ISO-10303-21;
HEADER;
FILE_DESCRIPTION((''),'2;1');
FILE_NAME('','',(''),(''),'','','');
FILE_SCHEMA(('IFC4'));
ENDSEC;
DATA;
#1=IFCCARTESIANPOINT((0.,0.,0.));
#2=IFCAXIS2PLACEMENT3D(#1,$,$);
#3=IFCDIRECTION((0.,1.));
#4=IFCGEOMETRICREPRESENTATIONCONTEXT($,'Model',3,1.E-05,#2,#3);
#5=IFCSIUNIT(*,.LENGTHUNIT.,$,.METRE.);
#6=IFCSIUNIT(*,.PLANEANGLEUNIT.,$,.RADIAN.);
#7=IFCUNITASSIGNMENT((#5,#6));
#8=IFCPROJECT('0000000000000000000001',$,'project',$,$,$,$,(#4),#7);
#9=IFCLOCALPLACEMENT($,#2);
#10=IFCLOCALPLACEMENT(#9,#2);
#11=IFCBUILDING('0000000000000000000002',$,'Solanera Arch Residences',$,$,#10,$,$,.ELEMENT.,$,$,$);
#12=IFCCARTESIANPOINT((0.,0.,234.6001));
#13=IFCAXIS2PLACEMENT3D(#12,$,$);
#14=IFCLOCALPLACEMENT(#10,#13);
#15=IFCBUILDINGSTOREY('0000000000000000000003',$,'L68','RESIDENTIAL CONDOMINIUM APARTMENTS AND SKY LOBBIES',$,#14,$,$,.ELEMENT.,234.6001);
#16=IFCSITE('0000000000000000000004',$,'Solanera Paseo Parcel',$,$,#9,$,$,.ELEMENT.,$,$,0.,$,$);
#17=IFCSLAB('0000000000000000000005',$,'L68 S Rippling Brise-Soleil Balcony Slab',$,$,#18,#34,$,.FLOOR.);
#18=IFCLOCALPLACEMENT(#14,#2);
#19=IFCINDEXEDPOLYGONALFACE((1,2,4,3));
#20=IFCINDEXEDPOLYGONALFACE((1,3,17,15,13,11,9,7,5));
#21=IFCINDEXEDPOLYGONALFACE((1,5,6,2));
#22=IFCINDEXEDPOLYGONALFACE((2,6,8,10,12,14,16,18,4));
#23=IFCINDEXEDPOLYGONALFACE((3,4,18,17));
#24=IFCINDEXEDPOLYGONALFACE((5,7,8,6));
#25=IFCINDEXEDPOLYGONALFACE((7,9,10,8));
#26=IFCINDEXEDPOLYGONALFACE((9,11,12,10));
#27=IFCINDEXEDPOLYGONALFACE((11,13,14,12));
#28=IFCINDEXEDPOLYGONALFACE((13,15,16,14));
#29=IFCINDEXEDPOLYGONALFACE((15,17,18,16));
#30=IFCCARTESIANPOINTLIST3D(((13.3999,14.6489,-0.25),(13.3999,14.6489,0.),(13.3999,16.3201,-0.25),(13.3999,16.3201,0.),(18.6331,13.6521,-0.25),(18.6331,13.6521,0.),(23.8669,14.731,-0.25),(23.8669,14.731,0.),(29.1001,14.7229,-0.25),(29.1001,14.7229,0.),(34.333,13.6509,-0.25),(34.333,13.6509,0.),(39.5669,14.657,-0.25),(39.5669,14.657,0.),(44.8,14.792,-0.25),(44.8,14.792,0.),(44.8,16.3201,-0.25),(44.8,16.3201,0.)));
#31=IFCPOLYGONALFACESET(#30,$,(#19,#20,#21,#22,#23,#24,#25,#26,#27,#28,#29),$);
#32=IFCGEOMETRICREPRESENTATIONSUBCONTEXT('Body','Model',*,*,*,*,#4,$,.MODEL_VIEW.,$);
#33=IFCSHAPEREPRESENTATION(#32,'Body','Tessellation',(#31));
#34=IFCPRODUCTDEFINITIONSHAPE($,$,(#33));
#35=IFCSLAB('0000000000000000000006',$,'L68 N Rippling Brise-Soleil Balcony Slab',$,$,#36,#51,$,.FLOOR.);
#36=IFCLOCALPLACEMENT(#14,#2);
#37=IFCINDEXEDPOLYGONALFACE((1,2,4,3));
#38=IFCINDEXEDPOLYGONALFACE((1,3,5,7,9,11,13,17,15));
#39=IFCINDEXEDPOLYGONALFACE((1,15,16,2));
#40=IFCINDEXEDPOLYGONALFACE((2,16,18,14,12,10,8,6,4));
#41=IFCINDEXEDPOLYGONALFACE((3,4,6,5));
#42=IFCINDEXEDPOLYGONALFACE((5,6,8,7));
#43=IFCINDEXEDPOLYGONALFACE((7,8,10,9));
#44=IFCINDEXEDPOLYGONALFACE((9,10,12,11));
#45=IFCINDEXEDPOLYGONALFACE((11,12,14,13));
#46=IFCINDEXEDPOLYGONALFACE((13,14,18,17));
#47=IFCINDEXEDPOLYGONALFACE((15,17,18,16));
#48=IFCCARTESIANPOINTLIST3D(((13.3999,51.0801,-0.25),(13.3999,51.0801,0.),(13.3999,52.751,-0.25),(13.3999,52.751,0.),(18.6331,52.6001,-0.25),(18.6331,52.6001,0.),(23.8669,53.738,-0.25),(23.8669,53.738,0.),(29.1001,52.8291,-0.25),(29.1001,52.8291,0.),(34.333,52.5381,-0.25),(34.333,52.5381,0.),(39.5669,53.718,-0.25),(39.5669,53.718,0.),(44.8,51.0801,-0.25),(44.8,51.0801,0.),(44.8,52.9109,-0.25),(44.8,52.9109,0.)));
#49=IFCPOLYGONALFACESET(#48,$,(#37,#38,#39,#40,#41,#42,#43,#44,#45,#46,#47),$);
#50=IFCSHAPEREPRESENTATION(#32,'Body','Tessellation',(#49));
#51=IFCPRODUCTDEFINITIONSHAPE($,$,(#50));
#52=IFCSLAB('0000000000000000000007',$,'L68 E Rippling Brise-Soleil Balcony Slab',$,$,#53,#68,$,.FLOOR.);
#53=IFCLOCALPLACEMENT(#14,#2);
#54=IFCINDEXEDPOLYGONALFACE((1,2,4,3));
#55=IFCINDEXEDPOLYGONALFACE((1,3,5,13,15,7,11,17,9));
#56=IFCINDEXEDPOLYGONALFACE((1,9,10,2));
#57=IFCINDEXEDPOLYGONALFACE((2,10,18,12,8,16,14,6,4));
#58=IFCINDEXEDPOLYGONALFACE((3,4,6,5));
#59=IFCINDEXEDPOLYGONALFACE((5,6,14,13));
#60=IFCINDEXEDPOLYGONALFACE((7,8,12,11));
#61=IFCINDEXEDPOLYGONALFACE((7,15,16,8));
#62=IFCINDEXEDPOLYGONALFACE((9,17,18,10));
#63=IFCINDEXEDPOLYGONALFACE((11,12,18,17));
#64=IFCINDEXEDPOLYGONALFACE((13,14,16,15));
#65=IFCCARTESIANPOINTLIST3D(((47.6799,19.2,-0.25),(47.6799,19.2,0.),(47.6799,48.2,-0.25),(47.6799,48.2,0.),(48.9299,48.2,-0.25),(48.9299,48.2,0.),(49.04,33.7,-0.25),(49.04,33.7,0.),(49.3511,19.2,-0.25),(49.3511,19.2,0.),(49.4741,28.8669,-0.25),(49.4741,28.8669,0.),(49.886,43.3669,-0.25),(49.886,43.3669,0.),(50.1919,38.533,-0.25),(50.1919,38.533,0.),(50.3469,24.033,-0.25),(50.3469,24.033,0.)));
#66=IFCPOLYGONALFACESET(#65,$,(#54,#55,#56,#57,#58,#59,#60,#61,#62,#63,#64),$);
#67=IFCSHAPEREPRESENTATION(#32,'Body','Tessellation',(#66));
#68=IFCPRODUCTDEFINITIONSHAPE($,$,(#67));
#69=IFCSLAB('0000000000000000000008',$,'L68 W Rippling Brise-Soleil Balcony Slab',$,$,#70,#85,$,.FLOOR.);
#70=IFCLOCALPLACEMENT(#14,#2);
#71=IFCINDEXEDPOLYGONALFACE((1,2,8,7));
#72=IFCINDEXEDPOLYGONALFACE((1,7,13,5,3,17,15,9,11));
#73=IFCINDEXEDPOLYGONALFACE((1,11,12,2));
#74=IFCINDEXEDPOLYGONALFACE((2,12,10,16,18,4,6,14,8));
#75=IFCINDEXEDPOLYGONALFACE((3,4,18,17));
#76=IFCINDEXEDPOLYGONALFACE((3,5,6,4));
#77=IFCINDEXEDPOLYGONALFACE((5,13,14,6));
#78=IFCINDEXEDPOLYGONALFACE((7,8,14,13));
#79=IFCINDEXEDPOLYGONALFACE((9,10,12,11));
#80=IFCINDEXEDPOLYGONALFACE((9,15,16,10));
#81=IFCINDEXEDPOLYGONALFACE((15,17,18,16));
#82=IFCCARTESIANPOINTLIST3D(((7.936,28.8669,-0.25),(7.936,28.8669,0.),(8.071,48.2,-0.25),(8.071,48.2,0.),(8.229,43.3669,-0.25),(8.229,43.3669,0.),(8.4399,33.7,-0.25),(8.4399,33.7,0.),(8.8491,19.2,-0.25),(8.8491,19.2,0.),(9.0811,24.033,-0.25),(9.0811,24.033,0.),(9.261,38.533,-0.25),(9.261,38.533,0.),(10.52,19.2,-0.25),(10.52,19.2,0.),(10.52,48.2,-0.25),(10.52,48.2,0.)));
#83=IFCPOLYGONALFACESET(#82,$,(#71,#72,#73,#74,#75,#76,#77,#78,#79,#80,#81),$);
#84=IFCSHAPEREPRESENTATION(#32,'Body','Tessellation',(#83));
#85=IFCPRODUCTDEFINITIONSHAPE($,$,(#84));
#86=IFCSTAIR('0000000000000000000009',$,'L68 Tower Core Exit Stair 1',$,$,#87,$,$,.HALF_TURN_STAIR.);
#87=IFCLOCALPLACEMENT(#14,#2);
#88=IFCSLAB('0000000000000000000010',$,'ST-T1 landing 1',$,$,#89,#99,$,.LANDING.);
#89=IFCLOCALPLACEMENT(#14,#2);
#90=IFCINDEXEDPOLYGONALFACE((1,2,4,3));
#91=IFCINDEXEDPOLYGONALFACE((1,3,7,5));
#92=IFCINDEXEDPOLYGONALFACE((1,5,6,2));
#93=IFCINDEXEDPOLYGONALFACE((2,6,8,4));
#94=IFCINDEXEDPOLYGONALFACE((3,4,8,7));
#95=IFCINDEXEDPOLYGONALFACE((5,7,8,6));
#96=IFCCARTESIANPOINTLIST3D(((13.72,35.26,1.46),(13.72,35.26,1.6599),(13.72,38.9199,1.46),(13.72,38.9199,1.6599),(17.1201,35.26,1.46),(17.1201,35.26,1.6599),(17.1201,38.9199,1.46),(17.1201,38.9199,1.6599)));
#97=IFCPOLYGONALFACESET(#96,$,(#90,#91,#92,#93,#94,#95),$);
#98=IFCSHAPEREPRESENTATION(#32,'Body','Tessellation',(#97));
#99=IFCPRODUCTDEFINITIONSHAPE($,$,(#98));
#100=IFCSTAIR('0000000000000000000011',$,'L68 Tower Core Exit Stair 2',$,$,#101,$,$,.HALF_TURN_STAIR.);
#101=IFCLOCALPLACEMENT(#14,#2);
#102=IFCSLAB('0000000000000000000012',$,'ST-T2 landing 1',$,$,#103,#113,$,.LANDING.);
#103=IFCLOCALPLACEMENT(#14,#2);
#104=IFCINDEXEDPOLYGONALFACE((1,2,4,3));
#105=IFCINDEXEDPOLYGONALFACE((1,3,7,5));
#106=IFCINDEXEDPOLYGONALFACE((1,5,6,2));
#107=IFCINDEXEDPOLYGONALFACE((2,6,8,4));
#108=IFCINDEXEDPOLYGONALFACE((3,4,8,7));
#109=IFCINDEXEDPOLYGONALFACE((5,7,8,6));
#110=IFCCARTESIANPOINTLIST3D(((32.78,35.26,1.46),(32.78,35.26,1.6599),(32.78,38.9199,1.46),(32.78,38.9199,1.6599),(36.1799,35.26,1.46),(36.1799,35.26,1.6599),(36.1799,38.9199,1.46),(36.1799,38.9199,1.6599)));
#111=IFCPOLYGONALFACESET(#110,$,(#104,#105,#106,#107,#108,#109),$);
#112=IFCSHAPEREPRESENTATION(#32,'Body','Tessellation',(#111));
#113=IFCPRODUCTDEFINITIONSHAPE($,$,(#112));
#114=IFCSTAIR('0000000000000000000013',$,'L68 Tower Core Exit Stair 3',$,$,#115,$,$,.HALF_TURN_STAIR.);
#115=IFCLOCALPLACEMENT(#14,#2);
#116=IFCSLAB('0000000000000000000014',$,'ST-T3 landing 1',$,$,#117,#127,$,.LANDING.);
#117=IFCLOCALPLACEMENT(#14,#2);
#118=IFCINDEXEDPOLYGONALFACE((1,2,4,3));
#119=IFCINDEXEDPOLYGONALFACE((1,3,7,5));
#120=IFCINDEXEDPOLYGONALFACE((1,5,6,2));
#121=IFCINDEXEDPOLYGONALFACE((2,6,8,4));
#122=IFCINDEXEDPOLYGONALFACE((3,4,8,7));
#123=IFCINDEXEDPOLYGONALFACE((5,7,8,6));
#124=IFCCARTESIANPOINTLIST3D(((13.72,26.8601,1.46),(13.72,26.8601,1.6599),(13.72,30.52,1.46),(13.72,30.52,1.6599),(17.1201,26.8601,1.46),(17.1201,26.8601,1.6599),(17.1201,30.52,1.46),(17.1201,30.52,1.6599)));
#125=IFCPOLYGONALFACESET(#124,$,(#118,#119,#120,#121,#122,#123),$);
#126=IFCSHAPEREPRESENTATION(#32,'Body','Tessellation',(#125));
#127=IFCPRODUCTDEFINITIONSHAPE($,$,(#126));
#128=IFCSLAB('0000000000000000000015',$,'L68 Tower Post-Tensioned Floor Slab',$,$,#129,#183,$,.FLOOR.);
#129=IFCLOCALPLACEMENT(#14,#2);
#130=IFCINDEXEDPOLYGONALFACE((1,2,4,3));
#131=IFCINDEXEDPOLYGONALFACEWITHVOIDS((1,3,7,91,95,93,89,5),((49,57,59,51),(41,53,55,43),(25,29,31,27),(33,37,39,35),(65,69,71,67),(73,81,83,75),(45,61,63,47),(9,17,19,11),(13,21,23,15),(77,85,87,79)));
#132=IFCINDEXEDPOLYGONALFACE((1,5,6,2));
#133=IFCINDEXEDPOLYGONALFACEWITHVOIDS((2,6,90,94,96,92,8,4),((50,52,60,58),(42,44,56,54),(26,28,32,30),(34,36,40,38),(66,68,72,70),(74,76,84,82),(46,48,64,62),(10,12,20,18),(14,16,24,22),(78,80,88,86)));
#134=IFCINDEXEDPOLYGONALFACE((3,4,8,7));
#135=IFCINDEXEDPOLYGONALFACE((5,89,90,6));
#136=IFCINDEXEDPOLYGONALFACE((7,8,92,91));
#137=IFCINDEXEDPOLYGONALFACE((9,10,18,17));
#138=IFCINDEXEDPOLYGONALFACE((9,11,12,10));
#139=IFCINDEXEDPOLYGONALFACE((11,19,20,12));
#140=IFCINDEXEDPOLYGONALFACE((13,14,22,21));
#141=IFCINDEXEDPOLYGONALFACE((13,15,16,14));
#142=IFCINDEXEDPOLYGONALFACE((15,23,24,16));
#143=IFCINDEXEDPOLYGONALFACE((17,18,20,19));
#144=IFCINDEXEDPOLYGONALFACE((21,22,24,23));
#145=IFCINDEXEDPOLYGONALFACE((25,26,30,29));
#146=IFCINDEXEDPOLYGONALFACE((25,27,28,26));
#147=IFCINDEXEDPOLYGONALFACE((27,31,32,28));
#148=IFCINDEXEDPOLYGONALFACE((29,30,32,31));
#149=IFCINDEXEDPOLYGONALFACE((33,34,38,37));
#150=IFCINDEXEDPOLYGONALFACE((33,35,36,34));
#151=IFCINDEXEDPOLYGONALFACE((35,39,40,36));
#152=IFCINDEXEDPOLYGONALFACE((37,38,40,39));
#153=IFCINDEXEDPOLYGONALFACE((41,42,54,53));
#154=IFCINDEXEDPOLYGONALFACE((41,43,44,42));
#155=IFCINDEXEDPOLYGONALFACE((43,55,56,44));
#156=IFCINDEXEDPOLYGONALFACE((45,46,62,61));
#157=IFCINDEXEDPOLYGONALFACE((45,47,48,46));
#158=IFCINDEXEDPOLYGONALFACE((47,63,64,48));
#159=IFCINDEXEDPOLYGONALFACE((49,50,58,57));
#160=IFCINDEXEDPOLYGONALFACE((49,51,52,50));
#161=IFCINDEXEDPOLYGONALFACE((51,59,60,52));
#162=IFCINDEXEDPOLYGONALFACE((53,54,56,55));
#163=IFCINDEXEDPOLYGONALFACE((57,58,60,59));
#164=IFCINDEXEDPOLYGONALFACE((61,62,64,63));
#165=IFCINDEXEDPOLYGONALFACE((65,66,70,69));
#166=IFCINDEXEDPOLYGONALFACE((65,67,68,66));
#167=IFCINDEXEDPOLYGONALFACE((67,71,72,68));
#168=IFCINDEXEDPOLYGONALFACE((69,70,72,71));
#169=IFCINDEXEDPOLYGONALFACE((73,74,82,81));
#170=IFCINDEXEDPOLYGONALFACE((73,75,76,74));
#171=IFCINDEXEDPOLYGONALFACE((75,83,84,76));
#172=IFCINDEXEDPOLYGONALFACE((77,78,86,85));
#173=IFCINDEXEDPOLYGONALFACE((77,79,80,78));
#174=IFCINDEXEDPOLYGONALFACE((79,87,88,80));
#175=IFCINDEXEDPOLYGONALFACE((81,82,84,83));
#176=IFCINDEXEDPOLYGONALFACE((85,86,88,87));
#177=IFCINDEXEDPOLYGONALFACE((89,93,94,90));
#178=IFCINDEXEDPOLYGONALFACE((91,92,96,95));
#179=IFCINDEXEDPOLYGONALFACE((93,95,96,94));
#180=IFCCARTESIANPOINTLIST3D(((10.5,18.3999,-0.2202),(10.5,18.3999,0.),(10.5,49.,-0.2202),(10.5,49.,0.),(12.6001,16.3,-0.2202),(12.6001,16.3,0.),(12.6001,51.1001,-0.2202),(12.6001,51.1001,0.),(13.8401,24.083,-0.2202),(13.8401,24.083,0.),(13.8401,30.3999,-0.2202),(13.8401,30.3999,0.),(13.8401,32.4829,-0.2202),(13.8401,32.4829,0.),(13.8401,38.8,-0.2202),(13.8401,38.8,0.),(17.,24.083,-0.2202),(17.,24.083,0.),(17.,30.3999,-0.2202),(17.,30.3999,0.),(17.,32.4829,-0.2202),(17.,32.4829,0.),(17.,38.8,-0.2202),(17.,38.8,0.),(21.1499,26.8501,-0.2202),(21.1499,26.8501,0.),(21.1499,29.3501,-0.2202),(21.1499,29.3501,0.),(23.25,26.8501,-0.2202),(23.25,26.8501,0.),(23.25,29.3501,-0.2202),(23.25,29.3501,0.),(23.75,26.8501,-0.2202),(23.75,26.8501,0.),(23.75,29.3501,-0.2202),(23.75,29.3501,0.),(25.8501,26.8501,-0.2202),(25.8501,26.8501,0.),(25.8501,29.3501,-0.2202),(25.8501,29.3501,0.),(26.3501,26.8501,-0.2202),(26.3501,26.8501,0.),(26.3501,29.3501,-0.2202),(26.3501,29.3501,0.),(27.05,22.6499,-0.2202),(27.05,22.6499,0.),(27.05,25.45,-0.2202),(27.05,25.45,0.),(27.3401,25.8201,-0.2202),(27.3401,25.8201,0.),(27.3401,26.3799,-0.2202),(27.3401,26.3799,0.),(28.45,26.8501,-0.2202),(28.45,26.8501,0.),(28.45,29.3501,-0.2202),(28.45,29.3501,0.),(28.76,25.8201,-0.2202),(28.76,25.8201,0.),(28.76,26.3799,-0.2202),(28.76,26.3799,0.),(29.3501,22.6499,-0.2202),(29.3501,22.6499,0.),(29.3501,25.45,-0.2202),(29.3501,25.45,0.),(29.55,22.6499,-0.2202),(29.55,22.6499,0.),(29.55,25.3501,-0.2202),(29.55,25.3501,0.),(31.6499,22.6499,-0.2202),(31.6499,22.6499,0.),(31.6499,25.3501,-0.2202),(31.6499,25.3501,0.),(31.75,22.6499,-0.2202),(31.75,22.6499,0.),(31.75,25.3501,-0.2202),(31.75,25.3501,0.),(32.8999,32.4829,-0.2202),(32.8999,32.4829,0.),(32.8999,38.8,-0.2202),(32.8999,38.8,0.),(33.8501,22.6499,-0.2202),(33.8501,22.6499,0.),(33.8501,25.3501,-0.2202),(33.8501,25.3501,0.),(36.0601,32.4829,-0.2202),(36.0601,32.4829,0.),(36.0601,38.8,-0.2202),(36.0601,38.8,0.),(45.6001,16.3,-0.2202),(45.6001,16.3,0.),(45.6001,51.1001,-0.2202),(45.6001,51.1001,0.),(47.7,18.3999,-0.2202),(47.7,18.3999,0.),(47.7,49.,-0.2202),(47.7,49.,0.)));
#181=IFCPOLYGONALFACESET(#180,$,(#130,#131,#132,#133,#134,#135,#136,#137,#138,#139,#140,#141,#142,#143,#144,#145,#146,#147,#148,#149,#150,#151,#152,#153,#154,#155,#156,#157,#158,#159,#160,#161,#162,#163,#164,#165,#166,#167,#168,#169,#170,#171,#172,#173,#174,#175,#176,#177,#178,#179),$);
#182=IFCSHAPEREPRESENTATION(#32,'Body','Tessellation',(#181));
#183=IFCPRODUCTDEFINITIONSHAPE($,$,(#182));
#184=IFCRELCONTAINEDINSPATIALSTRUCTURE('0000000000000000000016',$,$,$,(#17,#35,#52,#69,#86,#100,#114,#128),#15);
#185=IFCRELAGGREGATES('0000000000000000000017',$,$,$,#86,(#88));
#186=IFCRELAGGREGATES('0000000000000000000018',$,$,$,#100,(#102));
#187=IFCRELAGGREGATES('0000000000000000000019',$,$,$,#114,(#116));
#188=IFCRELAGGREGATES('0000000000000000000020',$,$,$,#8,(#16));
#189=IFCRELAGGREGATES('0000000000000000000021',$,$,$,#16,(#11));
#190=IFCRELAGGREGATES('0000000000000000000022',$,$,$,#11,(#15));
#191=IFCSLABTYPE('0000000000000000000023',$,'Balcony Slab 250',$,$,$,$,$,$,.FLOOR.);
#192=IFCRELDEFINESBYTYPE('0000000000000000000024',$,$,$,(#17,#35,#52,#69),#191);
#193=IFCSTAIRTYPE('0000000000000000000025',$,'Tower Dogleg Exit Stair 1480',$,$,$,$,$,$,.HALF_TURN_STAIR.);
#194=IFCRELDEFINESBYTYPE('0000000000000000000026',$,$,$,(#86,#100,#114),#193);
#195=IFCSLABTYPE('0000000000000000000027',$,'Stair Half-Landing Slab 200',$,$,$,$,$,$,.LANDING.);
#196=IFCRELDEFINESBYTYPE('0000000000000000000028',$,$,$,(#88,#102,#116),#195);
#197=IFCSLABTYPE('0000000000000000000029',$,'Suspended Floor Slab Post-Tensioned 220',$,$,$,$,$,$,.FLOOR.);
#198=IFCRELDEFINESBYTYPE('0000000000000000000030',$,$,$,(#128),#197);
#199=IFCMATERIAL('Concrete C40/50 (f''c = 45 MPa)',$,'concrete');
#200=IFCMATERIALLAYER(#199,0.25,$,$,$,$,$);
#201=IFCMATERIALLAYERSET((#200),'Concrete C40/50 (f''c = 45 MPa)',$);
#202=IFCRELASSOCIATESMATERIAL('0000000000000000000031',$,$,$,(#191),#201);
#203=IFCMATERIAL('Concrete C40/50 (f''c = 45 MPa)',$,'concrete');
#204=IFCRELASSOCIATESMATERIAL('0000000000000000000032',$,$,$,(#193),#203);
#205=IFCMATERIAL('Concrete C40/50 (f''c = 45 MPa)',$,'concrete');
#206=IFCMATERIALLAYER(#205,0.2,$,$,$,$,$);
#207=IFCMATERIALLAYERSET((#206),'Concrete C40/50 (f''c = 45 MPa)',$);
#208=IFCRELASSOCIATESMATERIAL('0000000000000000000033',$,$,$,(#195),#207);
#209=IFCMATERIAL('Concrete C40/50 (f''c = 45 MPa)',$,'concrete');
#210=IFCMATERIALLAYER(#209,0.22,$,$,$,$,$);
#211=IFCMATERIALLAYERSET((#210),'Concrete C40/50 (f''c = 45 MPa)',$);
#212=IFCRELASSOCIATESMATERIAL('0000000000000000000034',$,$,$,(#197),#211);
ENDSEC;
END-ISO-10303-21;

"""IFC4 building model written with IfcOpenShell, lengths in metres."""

from ifc_helpers import new_model, si_unit, direction, frame, origin, place, context, subcontext, project, spatial, polyline, outline, extrude, material, layer, layer_set, type_object, element, aggregate, save


model = new_model("IFC4")

# Units and contexts
model_context = context("Model", 3, precision=1e-05, world=origin(), true_north=direction((0.0, 1.0)))
body_context = subcontext(model_context, "Body", "Model", "MODEL_VIEW")
ifc_project = project(units=[si_unit("LENGTHUNIT", "METRE"), si_unit("PLANEANGLEUNIT", "RADIAN")], contexts=[model_context])

# Site, building, storey
site_placement = place(None, origin())
site = spatial("IfcSite", under=ifc_project, at=site_placement, Name="Solanera Paseo Parcel", CompositionType="ELEMENT", RefElevation=0.0)
building_placement = place(site_placement, origin())
building = spatial("IfcBuilding", under=site, at=building_placement, Name="Solanera Arch Residences", CompositionType="ELEMENT")
storey_placement = place(building_placement, frame((0.0, 0.0, 234.6001)))
storey = spatial("IfcBuildingStorey", under=building, at=storey_placement, Name="L68", Description="RESIDENTIAL CONDOMINIUM APARTMENTS AND SKY LOBBIES", CompositionType="ELEMENT", Elevation=234.6001)

# Slabs
ifc_material_1 = material(Name="Concrete C40/50 (f'c = 45 MPa)", Category="concrete")
ifc_layer_1 = layer(ifc_material_1, 0.25)
ifc_layer_set_1 = layer_set([ifc_layer_1], Name="Concrete C40/50 (f'c = 45 MPa)")
slab_type_1 = type_object("IfcSlabType", Name="Balcony Slab 250", PredefinedType="FLOOR", material=ifc_layer_set_1)
slab_1_placement = place(storey_placement, frame((0.0, 0.0, -0.25)))
element("IfcSlab", 1, at=slab_1_placement, inside=storey, type_object=slab_type_1, Name="L68 S Rippling Brise-Soleil Balcony Slab", PredefinedType="FLOOR", context=body_context, shape_type="SweptSolid", body=[
    extrude(outline(polyline([(13.3999, 14.6489), (18.6331, 13.6521), (23.8669, 14.731), (29.1001, 14.7229), (34.333, 13.6509), (39.5669, 14.657), (44.8, 14.792), (44.8, 16.3201), (13.3999, 16.3201), (13.3999, 14.6489)])), origin(), (0.0, 0.0, 1.0), 0.25),
])
slab_2_placement = place(storey_placement, frame((0.0, 0.0, -0.25)))
element("IfcSlab", 2, at=slab_2_placement, inside=storey, type_object=slab_type_1, Name="L68 N Rippling Brise-Soleil Balcony Slab", PredefinedType="FLOOR", context=body_context, shape_type="SweptSolid", body=[
    extrude(outline(polyline([(44.8, 52.9109), (39.5669, 53.718), (34.333, 52.5381), (29.1001, 52.8291), (23.8669, 53.738), (18.6331, 52.6001), (13.3999, 52.751), (13.3999, 51.0801), (44.8, 51.0801), (44.8, 52.9109)])), origin(), (0.0, 0.0, 1.0), 0.25),
])
slab_3_placement = place(storey_placement, frame((0.0, 0.0, -0.25)))
element("IfcSlab", 3, at=slab_3_placement, inside=storey, type_object=slab_type_1, Name="L68 E Rippling Brise-Soleil Balcony Slab", PredefinedType="FLOOR", context=body_context, shape_type="SweptSolid", body=[
    extrude(outline(polyline([(49.3511, 19.2), (50.3469, 24.033), (49.4741, 28.8669), (49.04, 33.7), (50.1919, 38.533), (49.886, 43.3669), (48.9299, 48.2), (47.6799, 48.2), (47.6799, 19.2), (49.3511, 19.2)])), origin(), (0.0, 0.0, 1.0), 0.25),
])
slab_4_placement = place(storey_placement, frame((0.0, 0.0, -0.25)))
element("IfcSlab", 4, at=slab_4_placement, inside=storey, type_object=slab_type_1, Name="L68 W Rippling Brise-Soleil Balcony Slab", PredefinedType="FLOOR", context=body_context, shape_type="SweptSolid", body=[
    extrude(outline(polyline([(8.071, 48.2), (8.229, 43.3669), (9.261, 38.533), (8.4399, 33.7), (7.936, 28.8669), (9.0811, 24.033), (8.8491, 19.2), (10.52, 19.2), (10.52, 48.2), (8.071, 48.2)])), origin(), (0.0, 0.0, 1.0), 0.25),
])

# Stairs, slabs
ifc_material_2 = material(Name="Concrete C40/50 (f'c = 45 MPa)", Category="concrete")
stair_type = type_object("IfcStairType", Name="Tower Dogleg Exit Stair 1480", PredefinedType="HALF_TURN_STAIR", material=ifc_material_2)
stair_1_placement = place(storey_placement, origin())
stair_1 = element("IfcStair", 5, at=stair_1_placement, inside=storey, type_object=stair_type, Name="L68 Tower Core Exit Stair 1", PredefinedType="HALF_TURN_STAIR")
ifc_material_3 = material(Name="Concrete C40/50 (f'c = 45 MPa)", Category="concrete")
ifc_layer_2 = layer(ifc_material_3, 0.2)
ifc_layer_set_2 = layer_set([ifc_layer_2], Name="Concrete C40/50 (f'c = 45 MPa)")
slab_type_2 = type_object("IfcSlabType", Name="Stair Half-Landing Slab 200", PredefinedType="LANDING", material=ifc_layer_set_2)
slab_5_placement = place(storey_placement, frame((0.0, 0.0, 1.46)))
slab_5 = element("IfcSlab", 6, at=slab_5_placement, type_object=slab_type_2, Name="ST-T1 landing 1", PredefinedType="LANDING", context=body_context, shape_type="SweptSolid", body=[
    extrude(outline(polyline([(17.1201, 35.26), (17.1201, 38.9199), (13.72, 38.9199), (13.72, 35.26), (17.1201, 35.26)])), origin(), (0.0, 0.0, 1.0), 0.2),
])
aggregate(stair_1, [slab_5])
stair_2_placement = place(storey_placement, origin())
stair_2 = element("IfcStair", 7, at=stair_2_placement, inside=storey, type_object=stair_type, Name="L68 Tower Core Exit Stair 2", PredefinedType="HALF_TURN_STAIR")
slab_6_placement = place(storey_placement, frame((0.0, 0.0, 1.46)))
slab_6 = element("IfcSlab", 8, at=slab_6_placement, type_object=slab_type_2, Name="ST-T2 landing 1", PredefinedType="LANDING", context=body_context, shape_type="SweptSolid", body=[
    extrude(outline(polyline([(36.1799, 35.26), (36.1799, 38.9199), (32.78, 38.9199), (32.78, 35.26), (36.1799, 35.26)])), origin(), (0.0, 0.0, 1.0), 0.2),
])
aggregate(stair_2, [slab_6])
stair_3_placement = place(storey_placement, origin())
stair_3 = element("IfcStair", 9, at=stair_3_placement, inside=storey, type_object=stair_type, Name="L68 Tower Core Exit Stair 3", PredefinedType="HALF_TURN_STAIR")
slab_7_placement = place(storey_placement, frame((0.0, 0.0, 1.46)))
slab_7 = element("IfcSlab", 10, at=slab_7_placement, type_object=slab_type_2, Name="ST-T3 landing 1", PredefinedType="LANDING", context=body_context, shape_type="SweptSolid", body=[
    extrude(outline(polyline([(17.1201, 26.8601), (17.1201, 30.52), (13.72, 30.52), (13.72, 26.8601), (17.1201, 26.8601)])), origin(), (0.0, 0.0, 1.0), 0.2),
])
aggregate(stair_3, [slab_7])

# Slab
ifc_material_4 = material(Name="Concrete C40/50 (f'c = 45 MPa)", Category="concrete")
ifc_layer_3 = layer(ifc_material_4, 0.22)
ifc_layer_set_3 = layer_set([ifc_layer_3], Name="Concrete C40/50 (f'c = 45 MPa)")
slab_type_3 = type_object("IfcSlabType", Name="Suspended Floor Slab Post-Tensioned 220", PredefinedType="FLOOR", material=ifc_layer_set_3)
slab_8_placement = place(storey_placement, frame((0.0, 0.0, -0.2202)))
element("IfcSlab", 11, at=slab_8_placement, inside=storey, type_object=slab_type_3, Name="L68 Tower Post-Tensioned Floor Slab", PredefinedType="FLOOR", context=body_context, shape_type="SweptSolid", body=[
    extrude(outline(polyline([(12.6001, 16.3), (45.6001, 16.3), (47.7, 18.3999), (47.7, 49.0), (45.6001, 51.1001), (12.6001, 51.1001), (10.5, 49.0), (10.5, 18.3999), (12.6001, 16.3)]), holes=[polyline([(13.8401, 32.4829), (13.8401, 38.8), (17.0, 38.8), (17.0, 32.4829), (13.8401, 32.4829)]), polyline([(32.8999, 32.4829), (32.8999, 38.8), (36.0601, 38.8), (36.0601, 32.4829), (32.8999, 32.4829)]), polyline([(13.8401, 24.083), (13.8401, 30.3999), (17.0, 30.3999), (17.0, 24.083), (13.8401, 24.083)]), polyline([(21.1499, 29.3501), (23.25, 29.3501), (23.25, 26.8501), (21.1499, 26.8501), (21.1499, 29.3501)]), polyline([(23.75, 29.3501), (25.8501, 29.3501), (25.8501, 26.8501), (23.75, 26.8501), (23.75, 29.3501)]), polyline([(26.3501, 29.3501), (28.45, 29.3501), (28.45, 26.8501), (26.3501, 26.8501), (26.3501, 29.3501)]), polyline([(29.55, 25.3501), (31.6499, 25.3501), (31.6499, 22.6499), (29.55, 22.6499), (29.55, 25.3501)]), polyline([(31.75, 25.3501), (33.8501, 25.3501), (33.8501, 22.6499), (31.75, 22.6499), (31.75, 25.3501)]), polyline([(27.05, 25.45), (29.3501, 25.45), (29.3501, 22.6499), (27.05, 22.6499), (27.05, 25.45)]), polyline([(27.3401, 26.3799), (28.76, 26.3799), (28.76, 25.8201), (27.3401, 25.8201), (27.3401, 26.3799)])]), origin(), (0.0, 0.0, 1.0), 0.2202),
])

save(model, "model.ifc")
